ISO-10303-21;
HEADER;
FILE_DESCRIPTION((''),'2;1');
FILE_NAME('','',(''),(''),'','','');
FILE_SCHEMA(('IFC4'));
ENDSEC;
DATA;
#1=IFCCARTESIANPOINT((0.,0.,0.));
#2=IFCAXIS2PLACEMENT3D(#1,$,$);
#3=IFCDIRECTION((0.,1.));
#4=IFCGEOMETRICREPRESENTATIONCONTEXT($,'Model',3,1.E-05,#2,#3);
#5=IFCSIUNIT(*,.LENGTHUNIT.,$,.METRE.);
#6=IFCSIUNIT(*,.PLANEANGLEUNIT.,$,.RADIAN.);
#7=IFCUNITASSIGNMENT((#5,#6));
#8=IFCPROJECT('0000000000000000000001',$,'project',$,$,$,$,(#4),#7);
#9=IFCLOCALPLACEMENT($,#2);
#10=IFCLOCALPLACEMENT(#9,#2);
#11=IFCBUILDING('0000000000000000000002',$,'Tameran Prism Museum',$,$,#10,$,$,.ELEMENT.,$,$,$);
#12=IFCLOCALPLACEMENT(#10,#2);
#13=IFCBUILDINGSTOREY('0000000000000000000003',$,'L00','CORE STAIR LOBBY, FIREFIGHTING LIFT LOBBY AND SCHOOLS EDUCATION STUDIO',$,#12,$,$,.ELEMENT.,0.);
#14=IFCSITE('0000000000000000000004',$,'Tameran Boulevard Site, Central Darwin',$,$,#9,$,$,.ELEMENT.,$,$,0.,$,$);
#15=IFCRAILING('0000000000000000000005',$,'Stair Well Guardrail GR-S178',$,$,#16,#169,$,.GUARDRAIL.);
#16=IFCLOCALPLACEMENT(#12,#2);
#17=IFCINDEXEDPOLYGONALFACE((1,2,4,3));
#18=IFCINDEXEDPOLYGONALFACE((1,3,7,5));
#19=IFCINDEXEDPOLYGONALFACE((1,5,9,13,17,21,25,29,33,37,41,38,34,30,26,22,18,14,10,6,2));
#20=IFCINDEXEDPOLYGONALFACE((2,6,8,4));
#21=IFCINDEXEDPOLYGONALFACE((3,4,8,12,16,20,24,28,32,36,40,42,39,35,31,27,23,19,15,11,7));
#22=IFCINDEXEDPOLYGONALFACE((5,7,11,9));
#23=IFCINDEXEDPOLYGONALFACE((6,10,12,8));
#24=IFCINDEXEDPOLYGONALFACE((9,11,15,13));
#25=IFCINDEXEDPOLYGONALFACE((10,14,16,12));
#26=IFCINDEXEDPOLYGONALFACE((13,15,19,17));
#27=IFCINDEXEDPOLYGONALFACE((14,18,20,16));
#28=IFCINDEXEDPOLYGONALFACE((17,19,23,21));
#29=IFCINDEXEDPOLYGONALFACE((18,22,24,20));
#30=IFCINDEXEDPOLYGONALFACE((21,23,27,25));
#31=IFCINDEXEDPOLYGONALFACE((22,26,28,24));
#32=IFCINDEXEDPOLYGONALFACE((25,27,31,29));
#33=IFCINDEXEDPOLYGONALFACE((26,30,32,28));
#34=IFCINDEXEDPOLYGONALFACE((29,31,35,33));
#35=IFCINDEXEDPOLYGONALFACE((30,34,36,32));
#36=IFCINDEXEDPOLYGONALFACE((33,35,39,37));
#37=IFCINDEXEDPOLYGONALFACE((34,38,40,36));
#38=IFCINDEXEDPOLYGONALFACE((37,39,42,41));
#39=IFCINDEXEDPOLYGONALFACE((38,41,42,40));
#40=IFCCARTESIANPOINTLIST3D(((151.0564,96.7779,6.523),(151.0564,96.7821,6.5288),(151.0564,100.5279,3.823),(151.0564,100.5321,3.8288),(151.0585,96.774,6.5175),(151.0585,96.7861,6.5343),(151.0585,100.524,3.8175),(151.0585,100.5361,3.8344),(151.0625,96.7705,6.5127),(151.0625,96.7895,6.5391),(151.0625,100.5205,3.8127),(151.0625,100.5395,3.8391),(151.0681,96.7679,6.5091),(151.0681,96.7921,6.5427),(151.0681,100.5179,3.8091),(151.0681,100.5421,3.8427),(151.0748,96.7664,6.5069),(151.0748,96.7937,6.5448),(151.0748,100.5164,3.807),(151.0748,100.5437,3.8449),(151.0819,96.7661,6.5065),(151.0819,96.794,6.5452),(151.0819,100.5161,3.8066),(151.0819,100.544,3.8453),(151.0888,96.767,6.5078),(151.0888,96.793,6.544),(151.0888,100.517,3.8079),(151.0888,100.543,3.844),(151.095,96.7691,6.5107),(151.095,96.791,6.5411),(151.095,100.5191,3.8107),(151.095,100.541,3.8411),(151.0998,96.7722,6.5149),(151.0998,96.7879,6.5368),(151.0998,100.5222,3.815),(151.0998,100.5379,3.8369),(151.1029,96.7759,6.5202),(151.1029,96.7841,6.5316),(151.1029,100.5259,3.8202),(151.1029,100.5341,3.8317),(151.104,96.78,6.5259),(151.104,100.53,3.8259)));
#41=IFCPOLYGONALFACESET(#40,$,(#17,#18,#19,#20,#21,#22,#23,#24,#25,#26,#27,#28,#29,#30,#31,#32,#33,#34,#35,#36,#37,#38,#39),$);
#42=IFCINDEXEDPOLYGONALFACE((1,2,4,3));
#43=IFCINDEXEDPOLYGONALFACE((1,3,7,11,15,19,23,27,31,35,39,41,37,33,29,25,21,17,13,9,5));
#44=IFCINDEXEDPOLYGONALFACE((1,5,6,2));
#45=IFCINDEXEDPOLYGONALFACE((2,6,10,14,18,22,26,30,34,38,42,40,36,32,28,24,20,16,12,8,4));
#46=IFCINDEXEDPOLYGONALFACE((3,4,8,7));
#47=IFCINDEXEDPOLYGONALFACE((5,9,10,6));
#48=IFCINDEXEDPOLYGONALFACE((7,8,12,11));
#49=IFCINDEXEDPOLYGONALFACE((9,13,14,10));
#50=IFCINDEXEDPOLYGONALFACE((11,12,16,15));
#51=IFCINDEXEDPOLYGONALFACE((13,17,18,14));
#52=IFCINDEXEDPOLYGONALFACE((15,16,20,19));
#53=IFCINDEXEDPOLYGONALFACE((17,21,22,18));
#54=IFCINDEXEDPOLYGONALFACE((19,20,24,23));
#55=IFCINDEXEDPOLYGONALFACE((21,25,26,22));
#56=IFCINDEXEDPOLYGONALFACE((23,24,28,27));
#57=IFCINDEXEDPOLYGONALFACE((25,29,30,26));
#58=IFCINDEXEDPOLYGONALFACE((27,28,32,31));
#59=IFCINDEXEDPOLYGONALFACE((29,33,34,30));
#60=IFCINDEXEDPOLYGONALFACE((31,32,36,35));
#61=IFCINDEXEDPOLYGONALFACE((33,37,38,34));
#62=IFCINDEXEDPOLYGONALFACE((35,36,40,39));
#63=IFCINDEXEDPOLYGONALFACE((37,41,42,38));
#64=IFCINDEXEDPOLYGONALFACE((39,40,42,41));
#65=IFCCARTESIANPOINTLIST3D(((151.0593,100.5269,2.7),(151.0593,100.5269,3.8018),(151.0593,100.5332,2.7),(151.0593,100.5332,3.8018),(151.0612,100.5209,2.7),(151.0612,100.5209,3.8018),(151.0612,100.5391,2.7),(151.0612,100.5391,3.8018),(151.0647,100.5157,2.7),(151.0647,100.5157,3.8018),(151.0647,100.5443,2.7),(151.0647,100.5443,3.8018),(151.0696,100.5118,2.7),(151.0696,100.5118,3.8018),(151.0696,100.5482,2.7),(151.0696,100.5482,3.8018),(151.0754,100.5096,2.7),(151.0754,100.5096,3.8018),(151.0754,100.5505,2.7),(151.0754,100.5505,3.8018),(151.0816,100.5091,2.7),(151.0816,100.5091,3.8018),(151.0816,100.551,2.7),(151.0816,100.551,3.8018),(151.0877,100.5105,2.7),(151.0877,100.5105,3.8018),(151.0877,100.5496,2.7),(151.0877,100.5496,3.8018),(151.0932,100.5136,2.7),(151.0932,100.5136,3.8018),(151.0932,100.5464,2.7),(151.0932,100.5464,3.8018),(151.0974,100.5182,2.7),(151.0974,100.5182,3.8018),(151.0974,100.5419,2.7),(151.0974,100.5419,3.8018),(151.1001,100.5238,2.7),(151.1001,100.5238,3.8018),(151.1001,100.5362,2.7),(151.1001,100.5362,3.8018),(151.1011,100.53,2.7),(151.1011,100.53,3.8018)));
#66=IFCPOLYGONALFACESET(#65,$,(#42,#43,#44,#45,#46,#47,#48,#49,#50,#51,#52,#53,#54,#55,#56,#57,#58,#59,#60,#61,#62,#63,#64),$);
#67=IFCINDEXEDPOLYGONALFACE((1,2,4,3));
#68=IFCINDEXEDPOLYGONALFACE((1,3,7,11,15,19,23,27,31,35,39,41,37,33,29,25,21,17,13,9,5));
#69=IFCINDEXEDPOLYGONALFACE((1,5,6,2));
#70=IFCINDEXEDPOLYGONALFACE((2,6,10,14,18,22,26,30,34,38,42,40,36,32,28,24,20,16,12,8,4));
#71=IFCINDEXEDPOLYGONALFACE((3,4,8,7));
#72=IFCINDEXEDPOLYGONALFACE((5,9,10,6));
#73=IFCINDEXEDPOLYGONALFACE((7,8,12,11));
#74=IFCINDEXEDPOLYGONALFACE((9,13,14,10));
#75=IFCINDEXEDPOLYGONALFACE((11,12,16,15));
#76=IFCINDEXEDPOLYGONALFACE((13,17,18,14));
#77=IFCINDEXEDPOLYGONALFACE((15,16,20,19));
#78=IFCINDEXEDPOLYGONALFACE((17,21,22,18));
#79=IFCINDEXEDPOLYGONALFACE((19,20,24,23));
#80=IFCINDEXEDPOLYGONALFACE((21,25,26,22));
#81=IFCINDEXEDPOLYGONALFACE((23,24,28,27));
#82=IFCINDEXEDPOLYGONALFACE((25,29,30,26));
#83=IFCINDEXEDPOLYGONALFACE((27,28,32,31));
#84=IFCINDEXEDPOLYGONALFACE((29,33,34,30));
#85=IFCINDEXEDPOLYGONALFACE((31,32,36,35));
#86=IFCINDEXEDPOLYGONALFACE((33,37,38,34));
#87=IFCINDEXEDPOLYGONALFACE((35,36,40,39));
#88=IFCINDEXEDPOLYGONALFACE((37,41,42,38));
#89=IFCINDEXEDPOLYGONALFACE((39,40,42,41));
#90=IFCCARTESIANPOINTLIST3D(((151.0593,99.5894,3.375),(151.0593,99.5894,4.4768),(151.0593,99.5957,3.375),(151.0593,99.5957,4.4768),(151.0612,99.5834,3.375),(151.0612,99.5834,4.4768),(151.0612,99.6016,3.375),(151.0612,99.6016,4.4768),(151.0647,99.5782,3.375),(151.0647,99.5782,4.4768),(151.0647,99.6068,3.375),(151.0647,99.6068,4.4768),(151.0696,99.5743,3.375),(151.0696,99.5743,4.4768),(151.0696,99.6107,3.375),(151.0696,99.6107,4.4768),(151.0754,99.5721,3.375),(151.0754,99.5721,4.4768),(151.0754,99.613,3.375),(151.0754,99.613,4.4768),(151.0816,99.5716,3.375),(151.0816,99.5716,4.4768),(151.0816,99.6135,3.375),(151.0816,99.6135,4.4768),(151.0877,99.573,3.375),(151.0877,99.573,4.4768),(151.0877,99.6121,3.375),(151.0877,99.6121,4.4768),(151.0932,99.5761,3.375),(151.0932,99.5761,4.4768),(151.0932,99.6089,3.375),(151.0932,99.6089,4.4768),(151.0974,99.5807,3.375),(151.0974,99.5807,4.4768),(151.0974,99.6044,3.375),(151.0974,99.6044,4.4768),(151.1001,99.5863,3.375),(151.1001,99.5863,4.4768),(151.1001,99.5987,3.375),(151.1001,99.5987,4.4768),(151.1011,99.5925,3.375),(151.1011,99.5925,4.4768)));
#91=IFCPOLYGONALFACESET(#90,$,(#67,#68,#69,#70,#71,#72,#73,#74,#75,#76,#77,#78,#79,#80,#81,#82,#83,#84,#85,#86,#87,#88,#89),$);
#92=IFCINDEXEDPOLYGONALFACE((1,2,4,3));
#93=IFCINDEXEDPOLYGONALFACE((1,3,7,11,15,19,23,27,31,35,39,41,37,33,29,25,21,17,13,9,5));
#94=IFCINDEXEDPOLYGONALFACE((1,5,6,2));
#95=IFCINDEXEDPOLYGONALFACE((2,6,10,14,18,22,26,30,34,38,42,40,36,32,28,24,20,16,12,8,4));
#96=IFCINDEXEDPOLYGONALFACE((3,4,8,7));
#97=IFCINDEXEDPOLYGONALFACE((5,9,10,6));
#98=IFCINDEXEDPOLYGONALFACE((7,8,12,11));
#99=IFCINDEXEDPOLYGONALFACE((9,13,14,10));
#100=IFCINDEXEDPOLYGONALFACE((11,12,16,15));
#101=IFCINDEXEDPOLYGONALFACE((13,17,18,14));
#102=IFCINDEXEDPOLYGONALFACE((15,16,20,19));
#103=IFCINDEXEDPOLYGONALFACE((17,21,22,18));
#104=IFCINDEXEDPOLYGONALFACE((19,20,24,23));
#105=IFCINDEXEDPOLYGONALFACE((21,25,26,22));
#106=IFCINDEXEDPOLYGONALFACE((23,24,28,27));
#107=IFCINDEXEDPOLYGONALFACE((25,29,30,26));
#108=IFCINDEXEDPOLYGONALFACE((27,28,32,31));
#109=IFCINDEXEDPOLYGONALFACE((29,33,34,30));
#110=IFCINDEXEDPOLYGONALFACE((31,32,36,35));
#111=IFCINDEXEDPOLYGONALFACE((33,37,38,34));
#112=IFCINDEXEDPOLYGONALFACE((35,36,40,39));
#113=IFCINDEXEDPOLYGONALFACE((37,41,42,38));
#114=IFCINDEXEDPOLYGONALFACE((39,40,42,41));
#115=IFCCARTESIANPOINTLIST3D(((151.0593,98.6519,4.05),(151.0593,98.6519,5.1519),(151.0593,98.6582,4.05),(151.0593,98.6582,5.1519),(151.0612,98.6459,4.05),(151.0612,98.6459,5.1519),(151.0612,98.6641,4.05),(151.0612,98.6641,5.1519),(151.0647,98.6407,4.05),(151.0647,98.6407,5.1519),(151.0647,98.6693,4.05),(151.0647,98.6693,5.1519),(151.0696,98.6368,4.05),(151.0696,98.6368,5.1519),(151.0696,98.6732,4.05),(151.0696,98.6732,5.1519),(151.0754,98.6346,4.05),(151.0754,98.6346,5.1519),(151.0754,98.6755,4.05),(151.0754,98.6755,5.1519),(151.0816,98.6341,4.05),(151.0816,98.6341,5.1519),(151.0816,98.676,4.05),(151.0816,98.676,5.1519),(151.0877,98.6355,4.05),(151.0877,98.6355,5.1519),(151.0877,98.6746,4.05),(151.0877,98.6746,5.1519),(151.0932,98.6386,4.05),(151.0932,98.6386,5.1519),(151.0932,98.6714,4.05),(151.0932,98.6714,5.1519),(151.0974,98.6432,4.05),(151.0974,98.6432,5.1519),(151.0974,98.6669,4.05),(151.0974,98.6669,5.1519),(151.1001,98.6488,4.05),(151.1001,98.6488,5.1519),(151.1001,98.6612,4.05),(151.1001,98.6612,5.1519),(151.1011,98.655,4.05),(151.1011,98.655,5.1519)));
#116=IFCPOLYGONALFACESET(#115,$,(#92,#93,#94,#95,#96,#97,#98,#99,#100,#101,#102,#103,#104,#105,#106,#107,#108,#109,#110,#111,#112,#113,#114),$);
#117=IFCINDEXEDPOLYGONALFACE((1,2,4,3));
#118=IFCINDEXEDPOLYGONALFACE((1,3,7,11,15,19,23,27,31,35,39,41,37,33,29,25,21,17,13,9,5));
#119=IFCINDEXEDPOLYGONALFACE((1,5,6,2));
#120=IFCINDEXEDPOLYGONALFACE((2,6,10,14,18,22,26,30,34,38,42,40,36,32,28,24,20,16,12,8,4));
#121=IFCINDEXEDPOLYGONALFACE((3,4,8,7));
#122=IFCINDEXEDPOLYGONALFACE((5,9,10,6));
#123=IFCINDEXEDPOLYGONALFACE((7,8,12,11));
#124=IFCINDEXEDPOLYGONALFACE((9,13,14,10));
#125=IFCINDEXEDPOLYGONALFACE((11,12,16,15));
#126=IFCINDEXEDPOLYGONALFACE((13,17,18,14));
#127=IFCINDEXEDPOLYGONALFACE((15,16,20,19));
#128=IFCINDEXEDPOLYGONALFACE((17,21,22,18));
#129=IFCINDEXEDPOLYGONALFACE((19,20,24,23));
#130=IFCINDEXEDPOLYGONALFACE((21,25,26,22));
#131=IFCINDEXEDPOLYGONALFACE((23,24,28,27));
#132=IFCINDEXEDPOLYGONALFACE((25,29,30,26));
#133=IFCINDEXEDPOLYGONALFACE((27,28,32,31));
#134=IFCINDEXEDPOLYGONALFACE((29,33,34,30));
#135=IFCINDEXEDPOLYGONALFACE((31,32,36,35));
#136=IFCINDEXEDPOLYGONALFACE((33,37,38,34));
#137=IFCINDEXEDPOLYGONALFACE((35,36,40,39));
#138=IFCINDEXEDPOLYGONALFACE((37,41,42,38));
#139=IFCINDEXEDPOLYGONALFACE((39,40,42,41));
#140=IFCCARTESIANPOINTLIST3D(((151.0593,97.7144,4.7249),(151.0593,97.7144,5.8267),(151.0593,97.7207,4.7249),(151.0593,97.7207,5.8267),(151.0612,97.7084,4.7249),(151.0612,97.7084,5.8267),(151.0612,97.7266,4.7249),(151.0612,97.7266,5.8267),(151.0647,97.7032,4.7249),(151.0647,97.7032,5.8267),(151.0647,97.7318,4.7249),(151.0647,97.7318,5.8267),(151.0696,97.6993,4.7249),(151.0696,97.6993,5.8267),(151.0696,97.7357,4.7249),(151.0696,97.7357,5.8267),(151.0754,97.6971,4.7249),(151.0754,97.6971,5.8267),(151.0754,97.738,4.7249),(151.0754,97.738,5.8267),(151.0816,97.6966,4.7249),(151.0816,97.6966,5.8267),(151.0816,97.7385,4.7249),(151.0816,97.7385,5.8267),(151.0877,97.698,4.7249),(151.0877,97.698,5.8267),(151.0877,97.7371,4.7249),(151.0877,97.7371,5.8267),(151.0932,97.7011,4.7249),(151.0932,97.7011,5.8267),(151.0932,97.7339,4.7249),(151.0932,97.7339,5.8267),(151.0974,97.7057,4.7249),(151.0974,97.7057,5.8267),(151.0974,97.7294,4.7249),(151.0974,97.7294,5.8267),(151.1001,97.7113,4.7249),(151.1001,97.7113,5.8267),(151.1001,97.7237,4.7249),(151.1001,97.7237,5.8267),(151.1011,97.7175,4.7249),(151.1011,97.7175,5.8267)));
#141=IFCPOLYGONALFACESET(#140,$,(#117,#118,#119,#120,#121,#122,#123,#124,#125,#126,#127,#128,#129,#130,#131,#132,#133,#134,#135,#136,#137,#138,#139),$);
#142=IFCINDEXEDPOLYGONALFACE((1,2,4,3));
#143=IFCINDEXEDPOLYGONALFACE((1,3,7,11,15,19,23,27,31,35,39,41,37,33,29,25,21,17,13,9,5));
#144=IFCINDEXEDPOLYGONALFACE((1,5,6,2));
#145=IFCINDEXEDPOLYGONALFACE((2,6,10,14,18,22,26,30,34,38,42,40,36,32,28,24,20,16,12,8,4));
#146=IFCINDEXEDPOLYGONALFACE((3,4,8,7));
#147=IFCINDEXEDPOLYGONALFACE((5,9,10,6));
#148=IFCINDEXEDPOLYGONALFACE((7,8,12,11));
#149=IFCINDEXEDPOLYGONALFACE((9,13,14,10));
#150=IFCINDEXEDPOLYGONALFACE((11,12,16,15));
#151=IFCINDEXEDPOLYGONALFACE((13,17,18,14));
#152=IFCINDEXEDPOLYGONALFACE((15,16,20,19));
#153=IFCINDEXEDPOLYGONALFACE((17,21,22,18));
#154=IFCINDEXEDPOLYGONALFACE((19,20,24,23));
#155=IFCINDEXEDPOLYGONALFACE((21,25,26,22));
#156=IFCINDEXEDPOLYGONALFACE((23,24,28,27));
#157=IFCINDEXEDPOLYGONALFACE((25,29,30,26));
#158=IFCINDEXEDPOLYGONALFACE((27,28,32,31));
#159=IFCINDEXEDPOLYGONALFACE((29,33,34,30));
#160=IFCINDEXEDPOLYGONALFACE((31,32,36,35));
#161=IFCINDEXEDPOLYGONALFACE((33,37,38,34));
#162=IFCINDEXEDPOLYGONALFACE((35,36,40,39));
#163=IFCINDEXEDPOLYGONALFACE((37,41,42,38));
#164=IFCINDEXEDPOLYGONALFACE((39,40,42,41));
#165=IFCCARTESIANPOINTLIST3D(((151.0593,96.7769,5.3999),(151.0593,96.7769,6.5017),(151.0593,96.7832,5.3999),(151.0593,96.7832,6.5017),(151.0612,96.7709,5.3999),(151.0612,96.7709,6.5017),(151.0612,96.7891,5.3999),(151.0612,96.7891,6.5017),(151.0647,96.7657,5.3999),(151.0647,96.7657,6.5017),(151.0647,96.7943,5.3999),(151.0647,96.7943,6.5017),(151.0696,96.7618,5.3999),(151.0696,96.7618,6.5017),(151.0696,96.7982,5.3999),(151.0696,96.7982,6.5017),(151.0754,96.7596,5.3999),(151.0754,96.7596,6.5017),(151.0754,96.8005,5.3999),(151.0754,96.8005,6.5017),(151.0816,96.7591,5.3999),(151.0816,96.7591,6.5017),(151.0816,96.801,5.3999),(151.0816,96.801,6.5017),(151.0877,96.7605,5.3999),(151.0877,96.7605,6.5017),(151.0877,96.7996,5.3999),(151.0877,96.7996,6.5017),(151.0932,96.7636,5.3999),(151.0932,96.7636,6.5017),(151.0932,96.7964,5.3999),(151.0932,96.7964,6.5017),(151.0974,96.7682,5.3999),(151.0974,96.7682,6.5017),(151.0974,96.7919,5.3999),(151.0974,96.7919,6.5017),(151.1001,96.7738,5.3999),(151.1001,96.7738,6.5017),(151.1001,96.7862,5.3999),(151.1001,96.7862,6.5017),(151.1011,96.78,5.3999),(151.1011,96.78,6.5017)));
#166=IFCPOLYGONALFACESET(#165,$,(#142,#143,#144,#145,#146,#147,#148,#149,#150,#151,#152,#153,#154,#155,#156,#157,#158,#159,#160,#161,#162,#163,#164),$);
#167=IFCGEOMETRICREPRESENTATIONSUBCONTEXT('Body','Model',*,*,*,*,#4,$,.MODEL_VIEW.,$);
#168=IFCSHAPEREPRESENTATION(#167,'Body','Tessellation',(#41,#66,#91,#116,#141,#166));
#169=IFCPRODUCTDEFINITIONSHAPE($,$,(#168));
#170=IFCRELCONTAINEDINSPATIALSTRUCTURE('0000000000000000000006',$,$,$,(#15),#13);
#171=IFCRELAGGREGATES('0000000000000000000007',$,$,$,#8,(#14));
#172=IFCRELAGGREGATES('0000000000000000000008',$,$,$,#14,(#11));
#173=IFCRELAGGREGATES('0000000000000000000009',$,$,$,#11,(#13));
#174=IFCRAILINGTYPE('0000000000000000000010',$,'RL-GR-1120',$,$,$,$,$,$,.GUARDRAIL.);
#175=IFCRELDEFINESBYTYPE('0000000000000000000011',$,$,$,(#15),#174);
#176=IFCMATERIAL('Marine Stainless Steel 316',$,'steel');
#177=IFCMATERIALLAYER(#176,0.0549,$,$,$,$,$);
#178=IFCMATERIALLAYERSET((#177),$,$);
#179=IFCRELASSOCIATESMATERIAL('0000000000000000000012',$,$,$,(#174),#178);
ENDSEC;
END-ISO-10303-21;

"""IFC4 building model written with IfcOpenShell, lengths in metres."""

from ifc_helpers import new_model, si_unit, direction, frame, origin, origin_2d, place, context, subcontext, project, spatial, circle, extrude, material, layer, layer_set, type_object, element, save


model = new_model("IFC4")

# Units and contexts
model_context = context("Model", 3, precision=1e-05, world=origin(), true_north=direction((0.0, 1.0)))
body_context = subcontext(model_context, "Body", "Model", "MODEL_VIEW")
ifc_project = project(units=[si_unit("LENGTHUNIT", "METRE"), si_unit("PLANEANGLEUNIT", "RADIAN")], contexts=[model_context])

# Site, building, storey
site_placement = place(None, origin())
site = spatial("IfcSite", under=ifc_project, at=site_placement, Name="Tameran Boulevard Site, Central Darwin", CompositionType="ELEMENT", RefElevation=0.0)
building_placement = place(site_placement, origin())
building = spatial("IfcBuilding", under=site, at=building_placement, Name="Tameran Prism Museum", CompositionType="ELEMENT")
storey_placement = place(building_placement, origin())
storey = spatial("IfcBuildingStorey", under=building, at=storey_placement, Name="L00", Description="CORE STAIR LOBBY, FIREFIGHTING LIFT LOBBY AND SCHOOLS EDUCATION STUDIO", CompositionType="ELEMENT", Elevation=0.0)

# Railing
ifc_material_1 = material(Name="Marine Stainless Steel 316", Category="steel")
ifc_layer_1 = layer(ifc_material_1, 0.0549)
ifc_layer_set_1 = layer_set([ifc_layer_1])
railing_type_1 = type_object("IfcRailingType", Name="RL-GR-1120", PredefinedType="GUARDRAIL", material=ifc_layer_set_1)
railing_1_placement = place(storey_placement, frame((151.0801, 100.53, 2.7)))
element("IfcRailing", 1, at=railing_1_placement, inside=storey, type_object=railing_type_1, Name="Stair Well Guardrail GR-S178", PredefinedType="GUARDRAIL", context=body_context, shape_type="SweptSolid", body=[
    extrude(circle(Radius=0.0239, at=origin_2d()), frame((0.0, 0.0, 1.126), z_axis=(0.0, -0.811539, 0.584298), x_axis=(1.0, 0.0, 0.0)), (0.0, 0.0, 1.0), 4.6208),
    extrude(circle(Radius=0.021, at=origin_2d()), origin(), (0.0, 0.0, 1.0), 1.1018),
    extrude(circle(Radius=0.021, at=origin_2d()), frame((0.0, -0.9375, 0.675)), (0.0, 0.0, 1.0), 1.1018),
    extrude(circle(Radius=0.021, at=origin_2d()), frame((0.0, -1.875, 1.3501)), (0.0, 0.0, 1.0), 1.1018),
    extrude(circle(Radius=0.021, at=origin_2d()), frame((0.0, -2.8125, 2.0249)), (0.0, 0.0, 1.0), 1.1018),
    extrude(circle(Radius=0.021, at=origin_2d()), frame((0.0, -3.75, 2.7)), (0.0, 0.0, 1.0), 1.1018),
])

save(model, "model.ifc")
